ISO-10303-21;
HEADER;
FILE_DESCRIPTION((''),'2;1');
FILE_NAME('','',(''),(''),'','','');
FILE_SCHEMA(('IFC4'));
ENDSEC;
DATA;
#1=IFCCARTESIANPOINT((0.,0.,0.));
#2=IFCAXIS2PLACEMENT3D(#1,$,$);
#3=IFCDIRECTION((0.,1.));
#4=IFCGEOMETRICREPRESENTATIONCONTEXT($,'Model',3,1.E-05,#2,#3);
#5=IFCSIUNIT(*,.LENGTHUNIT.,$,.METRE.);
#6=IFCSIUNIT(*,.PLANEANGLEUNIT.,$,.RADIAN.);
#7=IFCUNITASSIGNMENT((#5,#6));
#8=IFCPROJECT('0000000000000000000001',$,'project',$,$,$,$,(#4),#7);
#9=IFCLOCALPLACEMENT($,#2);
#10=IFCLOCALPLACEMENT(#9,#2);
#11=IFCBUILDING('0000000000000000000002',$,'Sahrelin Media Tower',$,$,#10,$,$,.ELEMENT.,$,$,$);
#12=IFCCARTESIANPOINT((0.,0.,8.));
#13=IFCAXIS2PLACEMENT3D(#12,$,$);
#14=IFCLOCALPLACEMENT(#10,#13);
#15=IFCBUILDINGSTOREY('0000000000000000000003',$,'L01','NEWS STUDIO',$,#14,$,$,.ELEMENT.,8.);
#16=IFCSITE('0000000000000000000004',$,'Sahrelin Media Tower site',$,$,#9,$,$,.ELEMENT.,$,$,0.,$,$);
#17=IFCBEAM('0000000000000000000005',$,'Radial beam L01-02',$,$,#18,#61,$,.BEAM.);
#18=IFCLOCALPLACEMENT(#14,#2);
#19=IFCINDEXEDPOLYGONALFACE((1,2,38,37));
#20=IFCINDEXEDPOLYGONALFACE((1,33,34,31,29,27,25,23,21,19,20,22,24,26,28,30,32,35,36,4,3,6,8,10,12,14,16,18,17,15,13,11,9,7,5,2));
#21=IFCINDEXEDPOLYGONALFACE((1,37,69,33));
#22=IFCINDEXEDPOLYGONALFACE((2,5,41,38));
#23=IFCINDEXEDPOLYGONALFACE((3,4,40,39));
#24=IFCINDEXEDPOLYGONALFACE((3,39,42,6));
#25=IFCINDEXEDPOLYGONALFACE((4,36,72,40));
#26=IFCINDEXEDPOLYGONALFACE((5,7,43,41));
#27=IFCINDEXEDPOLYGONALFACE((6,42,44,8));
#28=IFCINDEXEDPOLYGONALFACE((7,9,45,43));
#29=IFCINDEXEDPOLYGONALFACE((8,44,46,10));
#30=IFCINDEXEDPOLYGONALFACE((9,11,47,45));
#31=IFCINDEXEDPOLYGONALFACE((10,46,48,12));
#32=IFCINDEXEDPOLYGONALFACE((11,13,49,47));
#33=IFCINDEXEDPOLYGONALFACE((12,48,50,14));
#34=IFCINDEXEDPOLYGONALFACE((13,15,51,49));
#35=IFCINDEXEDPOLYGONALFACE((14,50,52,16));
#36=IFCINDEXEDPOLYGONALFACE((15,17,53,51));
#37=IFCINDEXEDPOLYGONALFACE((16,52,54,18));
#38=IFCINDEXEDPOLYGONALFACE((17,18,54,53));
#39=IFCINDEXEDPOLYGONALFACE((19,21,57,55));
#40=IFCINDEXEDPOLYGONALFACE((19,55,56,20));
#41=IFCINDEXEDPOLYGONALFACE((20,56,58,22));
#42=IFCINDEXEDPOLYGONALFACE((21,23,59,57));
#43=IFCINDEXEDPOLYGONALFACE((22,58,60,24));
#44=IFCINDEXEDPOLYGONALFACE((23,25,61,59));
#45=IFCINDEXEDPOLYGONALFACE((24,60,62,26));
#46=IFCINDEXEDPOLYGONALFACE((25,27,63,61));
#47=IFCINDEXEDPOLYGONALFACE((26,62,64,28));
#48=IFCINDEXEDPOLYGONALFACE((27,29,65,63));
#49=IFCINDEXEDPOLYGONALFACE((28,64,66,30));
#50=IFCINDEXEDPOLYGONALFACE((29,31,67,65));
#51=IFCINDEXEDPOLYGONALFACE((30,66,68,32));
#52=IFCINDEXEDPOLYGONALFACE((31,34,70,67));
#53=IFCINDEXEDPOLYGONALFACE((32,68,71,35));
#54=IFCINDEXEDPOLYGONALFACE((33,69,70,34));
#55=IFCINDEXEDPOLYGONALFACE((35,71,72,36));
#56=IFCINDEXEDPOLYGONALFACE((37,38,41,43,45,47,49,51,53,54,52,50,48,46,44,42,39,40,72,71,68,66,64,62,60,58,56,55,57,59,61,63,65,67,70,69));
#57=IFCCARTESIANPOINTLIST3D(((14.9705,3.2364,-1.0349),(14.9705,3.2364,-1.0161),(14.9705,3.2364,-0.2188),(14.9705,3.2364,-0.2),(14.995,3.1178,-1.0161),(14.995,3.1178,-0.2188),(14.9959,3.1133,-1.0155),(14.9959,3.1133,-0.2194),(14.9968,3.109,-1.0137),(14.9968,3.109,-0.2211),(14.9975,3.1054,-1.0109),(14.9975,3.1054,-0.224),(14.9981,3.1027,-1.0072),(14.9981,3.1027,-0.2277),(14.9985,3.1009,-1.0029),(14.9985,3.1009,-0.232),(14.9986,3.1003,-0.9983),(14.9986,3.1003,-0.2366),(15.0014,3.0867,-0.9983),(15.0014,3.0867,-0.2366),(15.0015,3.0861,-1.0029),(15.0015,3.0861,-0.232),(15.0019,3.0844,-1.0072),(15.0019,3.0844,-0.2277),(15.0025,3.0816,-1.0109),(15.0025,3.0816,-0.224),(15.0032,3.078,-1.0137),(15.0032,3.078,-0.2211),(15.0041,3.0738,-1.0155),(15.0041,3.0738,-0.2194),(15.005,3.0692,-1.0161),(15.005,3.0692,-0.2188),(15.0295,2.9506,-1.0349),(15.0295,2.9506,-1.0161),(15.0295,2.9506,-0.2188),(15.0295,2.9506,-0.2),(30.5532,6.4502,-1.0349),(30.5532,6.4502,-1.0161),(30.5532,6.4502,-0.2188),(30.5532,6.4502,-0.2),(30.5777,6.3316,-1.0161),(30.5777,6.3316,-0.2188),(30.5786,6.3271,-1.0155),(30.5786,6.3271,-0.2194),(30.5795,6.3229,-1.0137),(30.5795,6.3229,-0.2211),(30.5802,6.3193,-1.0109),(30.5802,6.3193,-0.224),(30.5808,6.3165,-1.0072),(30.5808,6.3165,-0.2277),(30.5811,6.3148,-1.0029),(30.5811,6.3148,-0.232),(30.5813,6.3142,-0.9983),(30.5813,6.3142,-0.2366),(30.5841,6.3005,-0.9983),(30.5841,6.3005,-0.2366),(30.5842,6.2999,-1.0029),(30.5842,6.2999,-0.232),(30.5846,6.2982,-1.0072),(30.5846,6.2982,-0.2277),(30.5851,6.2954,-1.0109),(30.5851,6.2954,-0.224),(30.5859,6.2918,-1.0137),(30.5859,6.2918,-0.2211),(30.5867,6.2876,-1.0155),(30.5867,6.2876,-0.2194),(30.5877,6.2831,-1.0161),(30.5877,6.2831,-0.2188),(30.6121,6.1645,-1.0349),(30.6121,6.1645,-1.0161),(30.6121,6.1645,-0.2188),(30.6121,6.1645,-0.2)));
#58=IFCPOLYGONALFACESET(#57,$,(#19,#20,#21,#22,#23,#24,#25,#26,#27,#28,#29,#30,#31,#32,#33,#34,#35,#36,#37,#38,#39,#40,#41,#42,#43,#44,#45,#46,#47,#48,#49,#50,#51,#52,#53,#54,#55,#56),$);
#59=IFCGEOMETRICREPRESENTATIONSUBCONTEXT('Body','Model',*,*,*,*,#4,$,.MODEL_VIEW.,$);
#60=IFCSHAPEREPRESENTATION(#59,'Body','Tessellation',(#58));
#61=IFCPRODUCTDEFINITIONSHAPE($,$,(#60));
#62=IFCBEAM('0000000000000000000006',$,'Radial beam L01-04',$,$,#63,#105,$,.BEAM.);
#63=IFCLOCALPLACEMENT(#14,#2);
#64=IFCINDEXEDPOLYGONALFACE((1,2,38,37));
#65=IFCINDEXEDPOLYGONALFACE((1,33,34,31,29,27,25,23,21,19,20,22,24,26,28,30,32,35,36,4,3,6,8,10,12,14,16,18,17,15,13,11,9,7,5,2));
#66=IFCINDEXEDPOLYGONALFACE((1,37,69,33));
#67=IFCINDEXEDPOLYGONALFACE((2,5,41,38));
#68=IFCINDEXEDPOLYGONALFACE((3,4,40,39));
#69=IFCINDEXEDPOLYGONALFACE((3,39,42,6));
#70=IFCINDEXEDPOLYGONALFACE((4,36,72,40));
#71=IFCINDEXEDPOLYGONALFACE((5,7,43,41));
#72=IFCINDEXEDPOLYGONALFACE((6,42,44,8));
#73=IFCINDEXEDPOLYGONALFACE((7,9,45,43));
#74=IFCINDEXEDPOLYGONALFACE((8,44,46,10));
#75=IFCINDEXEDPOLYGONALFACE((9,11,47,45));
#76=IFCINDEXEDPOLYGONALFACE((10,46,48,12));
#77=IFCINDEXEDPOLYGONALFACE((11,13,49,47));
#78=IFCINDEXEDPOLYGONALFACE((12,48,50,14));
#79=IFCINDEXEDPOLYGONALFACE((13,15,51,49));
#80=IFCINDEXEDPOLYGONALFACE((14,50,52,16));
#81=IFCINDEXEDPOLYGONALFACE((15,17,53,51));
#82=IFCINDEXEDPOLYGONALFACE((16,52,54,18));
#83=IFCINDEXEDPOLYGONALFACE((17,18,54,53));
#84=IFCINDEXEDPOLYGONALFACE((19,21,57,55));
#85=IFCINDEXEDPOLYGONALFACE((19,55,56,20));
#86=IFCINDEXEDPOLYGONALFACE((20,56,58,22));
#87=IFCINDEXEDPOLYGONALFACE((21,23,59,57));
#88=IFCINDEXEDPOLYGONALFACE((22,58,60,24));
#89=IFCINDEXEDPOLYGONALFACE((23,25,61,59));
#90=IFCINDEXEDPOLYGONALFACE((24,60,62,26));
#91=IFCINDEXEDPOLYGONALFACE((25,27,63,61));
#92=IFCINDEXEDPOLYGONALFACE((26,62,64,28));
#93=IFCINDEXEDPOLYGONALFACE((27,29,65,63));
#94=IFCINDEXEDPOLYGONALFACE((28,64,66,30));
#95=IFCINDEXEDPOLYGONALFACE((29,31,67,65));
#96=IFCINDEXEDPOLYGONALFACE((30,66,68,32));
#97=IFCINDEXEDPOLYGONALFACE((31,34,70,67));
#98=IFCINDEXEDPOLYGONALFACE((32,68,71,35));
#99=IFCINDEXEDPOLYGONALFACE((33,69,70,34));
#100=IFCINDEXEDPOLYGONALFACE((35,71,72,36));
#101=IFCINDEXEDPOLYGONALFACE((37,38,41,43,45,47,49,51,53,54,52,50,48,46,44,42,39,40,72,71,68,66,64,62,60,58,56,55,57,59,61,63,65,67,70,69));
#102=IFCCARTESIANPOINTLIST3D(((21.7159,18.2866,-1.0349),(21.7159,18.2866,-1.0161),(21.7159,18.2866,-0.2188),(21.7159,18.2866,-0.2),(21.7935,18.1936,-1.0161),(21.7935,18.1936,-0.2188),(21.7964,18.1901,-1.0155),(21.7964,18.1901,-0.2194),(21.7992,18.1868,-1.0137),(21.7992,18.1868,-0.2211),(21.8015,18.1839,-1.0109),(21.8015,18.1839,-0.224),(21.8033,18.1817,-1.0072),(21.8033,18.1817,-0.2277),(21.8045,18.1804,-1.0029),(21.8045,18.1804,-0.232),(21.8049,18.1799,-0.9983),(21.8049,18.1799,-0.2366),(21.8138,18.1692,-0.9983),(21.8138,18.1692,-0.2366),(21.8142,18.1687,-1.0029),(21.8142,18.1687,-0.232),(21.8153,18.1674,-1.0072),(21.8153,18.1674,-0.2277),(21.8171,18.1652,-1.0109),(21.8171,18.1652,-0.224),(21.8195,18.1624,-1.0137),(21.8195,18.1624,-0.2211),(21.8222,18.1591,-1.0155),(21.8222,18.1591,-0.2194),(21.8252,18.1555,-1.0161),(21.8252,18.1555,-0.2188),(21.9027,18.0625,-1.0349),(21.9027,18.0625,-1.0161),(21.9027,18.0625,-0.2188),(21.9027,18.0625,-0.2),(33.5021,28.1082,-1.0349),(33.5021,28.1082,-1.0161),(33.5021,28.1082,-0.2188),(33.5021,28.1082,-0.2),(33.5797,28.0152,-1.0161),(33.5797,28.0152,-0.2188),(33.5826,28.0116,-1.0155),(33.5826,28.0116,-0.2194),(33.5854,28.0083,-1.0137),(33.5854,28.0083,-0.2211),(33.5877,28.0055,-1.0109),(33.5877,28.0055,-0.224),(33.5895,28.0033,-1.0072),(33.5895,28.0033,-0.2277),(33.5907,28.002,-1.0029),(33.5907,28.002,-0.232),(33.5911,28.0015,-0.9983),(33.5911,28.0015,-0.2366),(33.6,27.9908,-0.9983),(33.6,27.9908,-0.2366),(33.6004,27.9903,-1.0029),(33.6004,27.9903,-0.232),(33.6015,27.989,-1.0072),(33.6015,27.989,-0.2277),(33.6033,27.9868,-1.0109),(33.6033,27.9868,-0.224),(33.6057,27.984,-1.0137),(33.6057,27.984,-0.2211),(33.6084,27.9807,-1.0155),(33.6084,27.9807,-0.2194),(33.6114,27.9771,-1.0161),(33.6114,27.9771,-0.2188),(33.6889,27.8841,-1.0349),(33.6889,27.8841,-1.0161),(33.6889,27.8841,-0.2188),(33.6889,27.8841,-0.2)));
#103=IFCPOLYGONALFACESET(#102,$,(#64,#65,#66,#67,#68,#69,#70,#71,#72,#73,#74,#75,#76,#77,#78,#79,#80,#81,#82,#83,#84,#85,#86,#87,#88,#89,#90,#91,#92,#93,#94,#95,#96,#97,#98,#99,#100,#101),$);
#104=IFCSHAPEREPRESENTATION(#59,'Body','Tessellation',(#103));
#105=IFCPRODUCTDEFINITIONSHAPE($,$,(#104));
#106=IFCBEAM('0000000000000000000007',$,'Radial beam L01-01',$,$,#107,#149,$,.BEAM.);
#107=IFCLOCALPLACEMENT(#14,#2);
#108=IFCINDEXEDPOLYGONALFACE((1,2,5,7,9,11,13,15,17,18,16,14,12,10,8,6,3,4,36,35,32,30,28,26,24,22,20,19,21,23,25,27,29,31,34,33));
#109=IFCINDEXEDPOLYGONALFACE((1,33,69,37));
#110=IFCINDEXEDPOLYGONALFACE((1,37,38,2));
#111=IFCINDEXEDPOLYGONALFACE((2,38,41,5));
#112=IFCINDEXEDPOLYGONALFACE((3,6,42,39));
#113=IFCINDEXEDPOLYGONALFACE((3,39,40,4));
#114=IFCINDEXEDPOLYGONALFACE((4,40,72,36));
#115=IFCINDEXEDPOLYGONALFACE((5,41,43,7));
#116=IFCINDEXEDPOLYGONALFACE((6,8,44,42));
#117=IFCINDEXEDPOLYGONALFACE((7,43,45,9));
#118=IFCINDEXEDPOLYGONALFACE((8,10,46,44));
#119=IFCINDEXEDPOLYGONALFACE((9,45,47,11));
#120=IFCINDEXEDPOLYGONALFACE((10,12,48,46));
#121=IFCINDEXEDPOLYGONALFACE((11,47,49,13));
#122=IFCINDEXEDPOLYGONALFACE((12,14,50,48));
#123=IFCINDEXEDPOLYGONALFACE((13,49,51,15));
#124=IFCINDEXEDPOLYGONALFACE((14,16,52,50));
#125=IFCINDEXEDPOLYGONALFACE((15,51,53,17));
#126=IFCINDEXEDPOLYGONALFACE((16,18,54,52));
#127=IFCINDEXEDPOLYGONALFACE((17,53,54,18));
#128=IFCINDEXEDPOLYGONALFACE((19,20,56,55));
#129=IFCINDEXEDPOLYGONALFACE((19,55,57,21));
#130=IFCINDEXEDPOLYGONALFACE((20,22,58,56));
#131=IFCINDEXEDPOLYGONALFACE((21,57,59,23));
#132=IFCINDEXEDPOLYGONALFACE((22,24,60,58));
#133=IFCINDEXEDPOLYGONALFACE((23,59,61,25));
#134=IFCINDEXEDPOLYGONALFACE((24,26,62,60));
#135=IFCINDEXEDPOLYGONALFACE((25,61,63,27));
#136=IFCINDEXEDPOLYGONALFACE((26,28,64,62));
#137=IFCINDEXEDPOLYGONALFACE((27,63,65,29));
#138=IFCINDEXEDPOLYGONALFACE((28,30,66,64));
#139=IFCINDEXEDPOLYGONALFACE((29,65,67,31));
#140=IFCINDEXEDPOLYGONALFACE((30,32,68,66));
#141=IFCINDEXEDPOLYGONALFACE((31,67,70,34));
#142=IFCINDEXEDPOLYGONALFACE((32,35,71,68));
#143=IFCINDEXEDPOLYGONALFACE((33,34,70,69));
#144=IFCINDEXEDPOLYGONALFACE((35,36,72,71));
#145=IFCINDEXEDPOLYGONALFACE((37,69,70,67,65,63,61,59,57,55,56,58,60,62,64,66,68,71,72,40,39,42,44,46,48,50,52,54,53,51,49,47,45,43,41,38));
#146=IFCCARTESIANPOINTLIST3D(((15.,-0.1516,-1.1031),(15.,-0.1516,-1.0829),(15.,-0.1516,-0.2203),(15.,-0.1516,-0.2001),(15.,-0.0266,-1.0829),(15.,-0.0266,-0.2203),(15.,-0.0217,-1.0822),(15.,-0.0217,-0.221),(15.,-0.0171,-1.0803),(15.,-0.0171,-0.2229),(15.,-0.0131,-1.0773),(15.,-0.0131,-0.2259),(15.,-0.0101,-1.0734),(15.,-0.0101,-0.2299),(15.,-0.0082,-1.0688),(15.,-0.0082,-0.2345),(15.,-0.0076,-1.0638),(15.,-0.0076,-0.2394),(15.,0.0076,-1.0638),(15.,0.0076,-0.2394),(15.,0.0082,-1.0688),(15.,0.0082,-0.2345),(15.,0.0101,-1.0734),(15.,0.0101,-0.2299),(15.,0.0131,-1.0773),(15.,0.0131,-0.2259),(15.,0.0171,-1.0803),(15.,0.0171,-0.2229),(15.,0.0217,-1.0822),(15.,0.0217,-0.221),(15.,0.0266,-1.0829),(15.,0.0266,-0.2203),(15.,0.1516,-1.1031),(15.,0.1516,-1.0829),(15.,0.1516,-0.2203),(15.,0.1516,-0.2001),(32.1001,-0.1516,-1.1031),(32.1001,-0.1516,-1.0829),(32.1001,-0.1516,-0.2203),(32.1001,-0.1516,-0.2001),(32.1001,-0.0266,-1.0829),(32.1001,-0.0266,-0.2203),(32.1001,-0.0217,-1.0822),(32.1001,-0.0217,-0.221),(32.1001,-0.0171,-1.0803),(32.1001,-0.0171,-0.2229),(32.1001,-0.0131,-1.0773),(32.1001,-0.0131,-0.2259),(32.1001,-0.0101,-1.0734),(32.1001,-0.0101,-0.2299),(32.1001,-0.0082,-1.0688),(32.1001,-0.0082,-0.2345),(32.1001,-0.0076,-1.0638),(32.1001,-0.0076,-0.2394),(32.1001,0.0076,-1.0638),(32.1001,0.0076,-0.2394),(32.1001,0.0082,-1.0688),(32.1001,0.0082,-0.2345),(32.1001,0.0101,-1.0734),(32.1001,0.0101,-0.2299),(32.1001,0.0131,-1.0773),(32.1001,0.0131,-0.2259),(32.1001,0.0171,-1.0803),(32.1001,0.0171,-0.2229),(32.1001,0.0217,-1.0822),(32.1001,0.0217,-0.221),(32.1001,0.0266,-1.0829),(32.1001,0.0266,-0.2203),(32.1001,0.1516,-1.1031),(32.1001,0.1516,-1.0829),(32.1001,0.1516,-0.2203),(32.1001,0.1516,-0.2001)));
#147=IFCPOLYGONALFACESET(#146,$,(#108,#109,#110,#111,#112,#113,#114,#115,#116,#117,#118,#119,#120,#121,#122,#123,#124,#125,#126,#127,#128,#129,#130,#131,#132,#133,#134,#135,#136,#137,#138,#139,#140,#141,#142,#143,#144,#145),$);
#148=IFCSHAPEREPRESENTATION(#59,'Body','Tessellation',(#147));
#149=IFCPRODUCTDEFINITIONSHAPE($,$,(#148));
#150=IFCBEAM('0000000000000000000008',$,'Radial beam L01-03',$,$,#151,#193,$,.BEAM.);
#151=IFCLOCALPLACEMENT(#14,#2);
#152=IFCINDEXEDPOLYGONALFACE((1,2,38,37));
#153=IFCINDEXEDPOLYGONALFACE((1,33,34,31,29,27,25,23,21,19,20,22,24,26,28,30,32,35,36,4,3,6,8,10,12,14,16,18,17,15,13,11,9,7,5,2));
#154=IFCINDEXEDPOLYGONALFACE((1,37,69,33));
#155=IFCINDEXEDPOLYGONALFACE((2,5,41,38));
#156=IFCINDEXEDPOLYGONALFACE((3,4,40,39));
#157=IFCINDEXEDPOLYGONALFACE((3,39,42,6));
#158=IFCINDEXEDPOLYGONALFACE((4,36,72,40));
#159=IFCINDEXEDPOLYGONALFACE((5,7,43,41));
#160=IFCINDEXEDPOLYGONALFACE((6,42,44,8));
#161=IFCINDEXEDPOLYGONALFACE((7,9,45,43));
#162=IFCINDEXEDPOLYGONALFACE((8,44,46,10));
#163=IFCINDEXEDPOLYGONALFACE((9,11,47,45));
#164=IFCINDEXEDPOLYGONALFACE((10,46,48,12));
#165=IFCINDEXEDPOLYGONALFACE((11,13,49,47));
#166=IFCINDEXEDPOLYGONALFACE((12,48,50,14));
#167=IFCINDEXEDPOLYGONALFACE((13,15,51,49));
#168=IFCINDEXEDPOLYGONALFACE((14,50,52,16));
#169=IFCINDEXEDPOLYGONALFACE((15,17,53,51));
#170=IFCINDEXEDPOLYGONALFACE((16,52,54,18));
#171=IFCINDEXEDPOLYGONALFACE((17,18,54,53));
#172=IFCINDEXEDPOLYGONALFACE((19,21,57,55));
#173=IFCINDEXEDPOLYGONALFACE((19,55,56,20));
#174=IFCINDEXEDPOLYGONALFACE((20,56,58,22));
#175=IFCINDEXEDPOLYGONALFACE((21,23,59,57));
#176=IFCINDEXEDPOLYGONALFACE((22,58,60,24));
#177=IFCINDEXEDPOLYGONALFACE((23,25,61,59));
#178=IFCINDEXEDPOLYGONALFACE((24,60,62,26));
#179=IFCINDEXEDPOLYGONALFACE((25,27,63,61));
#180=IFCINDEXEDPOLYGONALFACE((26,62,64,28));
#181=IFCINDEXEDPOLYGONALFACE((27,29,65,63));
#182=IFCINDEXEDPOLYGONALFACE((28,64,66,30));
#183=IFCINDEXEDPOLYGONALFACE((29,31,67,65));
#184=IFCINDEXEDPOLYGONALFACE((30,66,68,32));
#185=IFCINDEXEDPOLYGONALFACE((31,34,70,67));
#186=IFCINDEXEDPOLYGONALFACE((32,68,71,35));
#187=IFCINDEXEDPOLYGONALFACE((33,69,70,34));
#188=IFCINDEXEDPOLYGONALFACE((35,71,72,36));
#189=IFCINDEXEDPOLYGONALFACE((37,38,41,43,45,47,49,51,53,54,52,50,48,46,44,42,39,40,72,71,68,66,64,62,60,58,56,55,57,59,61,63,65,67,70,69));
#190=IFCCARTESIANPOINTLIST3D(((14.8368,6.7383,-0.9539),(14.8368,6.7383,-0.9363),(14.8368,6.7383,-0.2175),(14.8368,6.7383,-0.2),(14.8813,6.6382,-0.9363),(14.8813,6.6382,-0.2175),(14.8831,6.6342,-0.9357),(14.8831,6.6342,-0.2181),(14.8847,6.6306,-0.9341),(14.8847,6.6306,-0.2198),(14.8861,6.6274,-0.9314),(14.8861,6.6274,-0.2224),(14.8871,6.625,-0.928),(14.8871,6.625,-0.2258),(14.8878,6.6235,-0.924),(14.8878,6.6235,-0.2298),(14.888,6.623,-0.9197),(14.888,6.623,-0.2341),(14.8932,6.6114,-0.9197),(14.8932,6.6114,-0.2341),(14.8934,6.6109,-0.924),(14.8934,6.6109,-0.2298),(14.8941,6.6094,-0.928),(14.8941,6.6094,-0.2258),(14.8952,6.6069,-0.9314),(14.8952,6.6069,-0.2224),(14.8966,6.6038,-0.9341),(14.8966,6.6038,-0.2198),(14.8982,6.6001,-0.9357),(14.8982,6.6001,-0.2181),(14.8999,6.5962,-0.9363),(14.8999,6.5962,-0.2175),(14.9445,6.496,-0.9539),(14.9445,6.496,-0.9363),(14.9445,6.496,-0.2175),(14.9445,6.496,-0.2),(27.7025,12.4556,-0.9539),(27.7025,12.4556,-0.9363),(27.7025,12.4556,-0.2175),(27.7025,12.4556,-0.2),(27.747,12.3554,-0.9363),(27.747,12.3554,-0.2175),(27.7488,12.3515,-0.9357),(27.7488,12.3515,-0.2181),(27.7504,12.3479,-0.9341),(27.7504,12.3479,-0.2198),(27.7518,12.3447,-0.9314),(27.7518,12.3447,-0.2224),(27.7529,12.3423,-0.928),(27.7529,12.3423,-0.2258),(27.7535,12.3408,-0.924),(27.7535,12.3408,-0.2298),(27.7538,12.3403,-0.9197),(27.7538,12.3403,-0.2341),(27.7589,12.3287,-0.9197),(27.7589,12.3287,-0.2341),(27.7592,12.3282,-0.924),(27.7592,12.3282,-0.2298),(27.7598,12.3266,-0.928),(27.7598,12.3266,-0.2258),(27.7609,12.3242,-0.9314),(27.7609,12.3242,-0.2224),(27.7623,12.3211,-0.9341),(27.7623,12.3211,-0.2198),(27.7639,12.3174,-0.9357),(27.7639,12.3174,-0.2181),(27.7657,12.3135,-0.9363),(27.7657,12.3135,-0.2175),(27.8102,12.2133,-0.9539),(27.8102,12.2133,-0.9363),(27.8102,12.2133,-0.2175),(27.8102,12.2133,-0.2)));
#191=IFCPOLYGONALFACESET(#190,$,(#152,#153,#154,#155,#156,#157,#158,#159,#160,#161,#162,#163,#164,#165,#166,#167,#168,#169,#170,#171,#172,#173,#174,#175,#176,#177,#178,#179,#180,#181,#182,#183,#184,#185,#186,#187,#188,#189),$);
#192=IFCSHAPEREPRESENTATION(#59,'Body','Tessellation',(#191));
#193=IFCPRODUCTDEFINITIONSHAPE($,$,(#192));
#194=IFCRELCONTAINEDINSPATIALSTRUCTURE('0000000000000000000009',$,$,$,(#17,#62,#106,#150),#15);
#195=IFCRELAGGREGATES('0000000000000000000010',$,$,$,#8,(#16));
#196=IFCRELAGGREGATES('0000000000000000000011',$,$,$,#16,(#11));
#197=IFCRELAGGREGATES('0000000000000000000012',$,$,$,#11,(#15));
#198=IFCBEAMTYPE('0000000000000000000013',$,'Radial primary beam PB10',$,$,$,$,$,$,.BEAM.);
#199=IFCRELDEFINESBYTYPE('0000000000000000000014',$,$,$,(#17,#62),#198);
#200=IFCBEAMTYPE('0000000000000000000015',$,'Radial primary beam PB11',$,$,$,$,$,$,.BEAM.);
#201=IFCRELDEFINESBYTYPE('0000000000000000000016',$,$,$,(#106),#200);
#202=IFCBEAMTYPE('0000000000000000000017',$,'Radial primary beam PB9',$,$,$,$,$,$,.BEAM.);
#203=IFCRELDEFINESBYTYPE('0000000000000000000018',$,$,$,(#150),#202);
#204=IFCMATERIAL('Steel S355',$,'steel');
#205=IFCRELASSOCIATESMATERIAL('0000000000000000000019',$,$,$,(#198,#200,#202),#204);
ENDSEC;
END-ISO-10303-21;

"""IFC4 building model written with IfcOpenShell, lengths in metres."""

from ifc_helpers import new_model, si_unit, direction, frame, origin, origin_2d, place, context, subcontext, project, spatial, i_section, extrude, material, material_profile, profile_set, type_object, element, save


model = new_model("IFC4")

# Units and contexts
model_context = context("Model", 3, precision=1e-05, world=origin(), true_north=direction((0.0, 1.0)))
body_context = subcontext(model_context, "Body", "Model", "MODEL_VIEW")
ifc_project = project(units=[si_unit("LENGTHUNIT", "METRE"), si_unit("PLANEANGLEUNIT", "RADIAN")], contexts=[model_context])

# Site, building, storey
site_placement = place(None, origin())
site = spatial("IfcSite", under=ifc_project, at=site_placement, Name="Sahrelin Media Tower site", CompositionType="ELEMENT", RefElevation=0.0)
building_placement = place(site_placement, origin())
building = spatial("IfcBuilding", under=site, at=building_placement, Name="Sahrelin Media Tower", CompositionType="ELEMENT")
storey_placement = place(building_placement, frame((0.0, 0.0, 8.0)))
storey = spatial("IfcBuildingStorey", under=building, at=storey_placement, Name="L01", Description="NEWS STUDIO", CompositionType="ELEMENT", Elevation=8.0)

# Beams
ifc_material_1 = material(Name="Steel S355", Category="steel")
ifc_material_profile_1 = material_profile(ifc_material_1, i_section(OverallWidth=0.2917, OverallDepth=0.835, WebThickness=0.0139, FlangeThickness=0.0188, FilletRadius=0.0178, at=origin_2d()), Name="UB 838x292x176")
ifc_profile_set_1 = profile_set([ifc_material_profile_1], Name="Steel S355")
beam_type_1 = type_object("IfcBeamType", Name="Radial primary beam PB10", PredefinedType="BEAM", material=ifc_profile_set_1)
beam_1_placement = place(storey_placement, frame((15.0, 3.0935, -0.6174), z_axis=(0.979387, 0.201994, 0.0), x_axis=(-0.201994, 0.979387, 0.0)))
element("IfcBeam", 1, at=beam_1_placement, inside=storey, type_object=beam_type_1, Name="Radial beam L01-02", PredefinedType="BEAM", context=body_context, shape_type="SweptSolid", body=[
    extrude(i_section(OverallWidth=0.2917, OverallDepth=0.835, WebThickness=0.0139, FlangeThickness=0.0188, FilletRadius=0.0178, at=origin_2d()), origin(), (0.0, 0.0, 1.0), 15.9106),
])
beam_2_placement = place(storey_placement, frame((21.8093, 18.1746, -0.6174), z_axis=(0.768229, 0.640175, 0.0), x_axis=(-0.640175, 0.768229, 0.0)))
element("IfcBeam", 2, at=beam_2_placement, inside=storey, type_object=beam_type_1, Name="Radial beam L01-04", PredefinedType="BEAM", context=body_context, shape_type="SweptSolid", body=[
    extrude(i_section(OverallWidth=0.2917, OverallDepth=0.835, WebThickness=0.0139, FlangeThickness=0.0188, FilletRadius=0.0178, at=origin_2d()), origin(), (0.0, 0.0, 1.0), 15.342),
])
ifc_material_profile_2 = material_profile(ifc_material_1, i_section(OverallWidth=0.3032, OverallDepth=0.9031, WebThickness=0.0151, FlangeThickness=0.0203, FilletRadius=0.019, at=origin_2d()), Name="UB 914x305x201")
ifc_profile_set_2 = profile_set([ifc_material_profile_2], Name="Steel S355")
beam_type_2 = type_object("IfcBeamType", Name="Radial primary beam PB11", PredefinedType="BEAM", material=ifc_profile_set_2)
beam_3_placement = place(storey_placement, frame((15.0, 0.0, -0.6516), z_axis=(1.0, 0.0, 0.0), x_axis=(0.0, 1.0, 0.0)))
element("IfcBeam", 3, at=beam_3_placement, inside=storey, type_object=beam_type_2, Name="Radial beam L01-01", PredefinedType="BEAM", context=body_context, shape_type="SweptSolid", body=[
    extrude(i_section(OverallWidth=0.3032, OverallDepth=0.9031, WebThickness=0.0151, FlangeThickness=0.0203, FilletRadius=0.019, at=origin_2d()), origin(), (0.0, 0.0, 1.0), 17.1001),
])
ifc_material_profile_3 = material_profile(ifc_material_1, i_section(OverallWidth=0.2651, OverallDepth=0.7539, WebThickness=0.0127, FlangeThickness=0.0176, FilletRadius=0.0166, at=origin_2d()), Name="UB 762x267x147")
ifc_profile_set_3 = profile_set([ifc_material_profile_3], Name="Steel S355")
beam_type_3 = type_object("IfcBeamType", Name="Radial primary beam PB9", PredefinedType="BEAM", material=ifc_profile_set_3)
beam_4_placement = place(storey_placement, frame((14.8906, 6.6172, -0.5769), z_axis=(0.913833, 0.40609, 0.0), x_axis=(-0.40609, 0.913833, 0.0)))
element("IfcBeam", 4, at=beam_4_placement, inside=storey, type_object=beam_type_3, Name="Radial beam L01-03", PredefinedType="BEAM", context=body_context, shape_type="SweptSolid", body=[
    extrude(i_section(OverallWidth=0.2651, OverallDepth=0.7539, WebThickness=0.0127, FlangeThickness=0.0176, FilletRadius=0.0166, at=origin_2d()), origin(), (0.0, 0.0, 1.0), 14.0789),
])

save(model, "model.ifc")
